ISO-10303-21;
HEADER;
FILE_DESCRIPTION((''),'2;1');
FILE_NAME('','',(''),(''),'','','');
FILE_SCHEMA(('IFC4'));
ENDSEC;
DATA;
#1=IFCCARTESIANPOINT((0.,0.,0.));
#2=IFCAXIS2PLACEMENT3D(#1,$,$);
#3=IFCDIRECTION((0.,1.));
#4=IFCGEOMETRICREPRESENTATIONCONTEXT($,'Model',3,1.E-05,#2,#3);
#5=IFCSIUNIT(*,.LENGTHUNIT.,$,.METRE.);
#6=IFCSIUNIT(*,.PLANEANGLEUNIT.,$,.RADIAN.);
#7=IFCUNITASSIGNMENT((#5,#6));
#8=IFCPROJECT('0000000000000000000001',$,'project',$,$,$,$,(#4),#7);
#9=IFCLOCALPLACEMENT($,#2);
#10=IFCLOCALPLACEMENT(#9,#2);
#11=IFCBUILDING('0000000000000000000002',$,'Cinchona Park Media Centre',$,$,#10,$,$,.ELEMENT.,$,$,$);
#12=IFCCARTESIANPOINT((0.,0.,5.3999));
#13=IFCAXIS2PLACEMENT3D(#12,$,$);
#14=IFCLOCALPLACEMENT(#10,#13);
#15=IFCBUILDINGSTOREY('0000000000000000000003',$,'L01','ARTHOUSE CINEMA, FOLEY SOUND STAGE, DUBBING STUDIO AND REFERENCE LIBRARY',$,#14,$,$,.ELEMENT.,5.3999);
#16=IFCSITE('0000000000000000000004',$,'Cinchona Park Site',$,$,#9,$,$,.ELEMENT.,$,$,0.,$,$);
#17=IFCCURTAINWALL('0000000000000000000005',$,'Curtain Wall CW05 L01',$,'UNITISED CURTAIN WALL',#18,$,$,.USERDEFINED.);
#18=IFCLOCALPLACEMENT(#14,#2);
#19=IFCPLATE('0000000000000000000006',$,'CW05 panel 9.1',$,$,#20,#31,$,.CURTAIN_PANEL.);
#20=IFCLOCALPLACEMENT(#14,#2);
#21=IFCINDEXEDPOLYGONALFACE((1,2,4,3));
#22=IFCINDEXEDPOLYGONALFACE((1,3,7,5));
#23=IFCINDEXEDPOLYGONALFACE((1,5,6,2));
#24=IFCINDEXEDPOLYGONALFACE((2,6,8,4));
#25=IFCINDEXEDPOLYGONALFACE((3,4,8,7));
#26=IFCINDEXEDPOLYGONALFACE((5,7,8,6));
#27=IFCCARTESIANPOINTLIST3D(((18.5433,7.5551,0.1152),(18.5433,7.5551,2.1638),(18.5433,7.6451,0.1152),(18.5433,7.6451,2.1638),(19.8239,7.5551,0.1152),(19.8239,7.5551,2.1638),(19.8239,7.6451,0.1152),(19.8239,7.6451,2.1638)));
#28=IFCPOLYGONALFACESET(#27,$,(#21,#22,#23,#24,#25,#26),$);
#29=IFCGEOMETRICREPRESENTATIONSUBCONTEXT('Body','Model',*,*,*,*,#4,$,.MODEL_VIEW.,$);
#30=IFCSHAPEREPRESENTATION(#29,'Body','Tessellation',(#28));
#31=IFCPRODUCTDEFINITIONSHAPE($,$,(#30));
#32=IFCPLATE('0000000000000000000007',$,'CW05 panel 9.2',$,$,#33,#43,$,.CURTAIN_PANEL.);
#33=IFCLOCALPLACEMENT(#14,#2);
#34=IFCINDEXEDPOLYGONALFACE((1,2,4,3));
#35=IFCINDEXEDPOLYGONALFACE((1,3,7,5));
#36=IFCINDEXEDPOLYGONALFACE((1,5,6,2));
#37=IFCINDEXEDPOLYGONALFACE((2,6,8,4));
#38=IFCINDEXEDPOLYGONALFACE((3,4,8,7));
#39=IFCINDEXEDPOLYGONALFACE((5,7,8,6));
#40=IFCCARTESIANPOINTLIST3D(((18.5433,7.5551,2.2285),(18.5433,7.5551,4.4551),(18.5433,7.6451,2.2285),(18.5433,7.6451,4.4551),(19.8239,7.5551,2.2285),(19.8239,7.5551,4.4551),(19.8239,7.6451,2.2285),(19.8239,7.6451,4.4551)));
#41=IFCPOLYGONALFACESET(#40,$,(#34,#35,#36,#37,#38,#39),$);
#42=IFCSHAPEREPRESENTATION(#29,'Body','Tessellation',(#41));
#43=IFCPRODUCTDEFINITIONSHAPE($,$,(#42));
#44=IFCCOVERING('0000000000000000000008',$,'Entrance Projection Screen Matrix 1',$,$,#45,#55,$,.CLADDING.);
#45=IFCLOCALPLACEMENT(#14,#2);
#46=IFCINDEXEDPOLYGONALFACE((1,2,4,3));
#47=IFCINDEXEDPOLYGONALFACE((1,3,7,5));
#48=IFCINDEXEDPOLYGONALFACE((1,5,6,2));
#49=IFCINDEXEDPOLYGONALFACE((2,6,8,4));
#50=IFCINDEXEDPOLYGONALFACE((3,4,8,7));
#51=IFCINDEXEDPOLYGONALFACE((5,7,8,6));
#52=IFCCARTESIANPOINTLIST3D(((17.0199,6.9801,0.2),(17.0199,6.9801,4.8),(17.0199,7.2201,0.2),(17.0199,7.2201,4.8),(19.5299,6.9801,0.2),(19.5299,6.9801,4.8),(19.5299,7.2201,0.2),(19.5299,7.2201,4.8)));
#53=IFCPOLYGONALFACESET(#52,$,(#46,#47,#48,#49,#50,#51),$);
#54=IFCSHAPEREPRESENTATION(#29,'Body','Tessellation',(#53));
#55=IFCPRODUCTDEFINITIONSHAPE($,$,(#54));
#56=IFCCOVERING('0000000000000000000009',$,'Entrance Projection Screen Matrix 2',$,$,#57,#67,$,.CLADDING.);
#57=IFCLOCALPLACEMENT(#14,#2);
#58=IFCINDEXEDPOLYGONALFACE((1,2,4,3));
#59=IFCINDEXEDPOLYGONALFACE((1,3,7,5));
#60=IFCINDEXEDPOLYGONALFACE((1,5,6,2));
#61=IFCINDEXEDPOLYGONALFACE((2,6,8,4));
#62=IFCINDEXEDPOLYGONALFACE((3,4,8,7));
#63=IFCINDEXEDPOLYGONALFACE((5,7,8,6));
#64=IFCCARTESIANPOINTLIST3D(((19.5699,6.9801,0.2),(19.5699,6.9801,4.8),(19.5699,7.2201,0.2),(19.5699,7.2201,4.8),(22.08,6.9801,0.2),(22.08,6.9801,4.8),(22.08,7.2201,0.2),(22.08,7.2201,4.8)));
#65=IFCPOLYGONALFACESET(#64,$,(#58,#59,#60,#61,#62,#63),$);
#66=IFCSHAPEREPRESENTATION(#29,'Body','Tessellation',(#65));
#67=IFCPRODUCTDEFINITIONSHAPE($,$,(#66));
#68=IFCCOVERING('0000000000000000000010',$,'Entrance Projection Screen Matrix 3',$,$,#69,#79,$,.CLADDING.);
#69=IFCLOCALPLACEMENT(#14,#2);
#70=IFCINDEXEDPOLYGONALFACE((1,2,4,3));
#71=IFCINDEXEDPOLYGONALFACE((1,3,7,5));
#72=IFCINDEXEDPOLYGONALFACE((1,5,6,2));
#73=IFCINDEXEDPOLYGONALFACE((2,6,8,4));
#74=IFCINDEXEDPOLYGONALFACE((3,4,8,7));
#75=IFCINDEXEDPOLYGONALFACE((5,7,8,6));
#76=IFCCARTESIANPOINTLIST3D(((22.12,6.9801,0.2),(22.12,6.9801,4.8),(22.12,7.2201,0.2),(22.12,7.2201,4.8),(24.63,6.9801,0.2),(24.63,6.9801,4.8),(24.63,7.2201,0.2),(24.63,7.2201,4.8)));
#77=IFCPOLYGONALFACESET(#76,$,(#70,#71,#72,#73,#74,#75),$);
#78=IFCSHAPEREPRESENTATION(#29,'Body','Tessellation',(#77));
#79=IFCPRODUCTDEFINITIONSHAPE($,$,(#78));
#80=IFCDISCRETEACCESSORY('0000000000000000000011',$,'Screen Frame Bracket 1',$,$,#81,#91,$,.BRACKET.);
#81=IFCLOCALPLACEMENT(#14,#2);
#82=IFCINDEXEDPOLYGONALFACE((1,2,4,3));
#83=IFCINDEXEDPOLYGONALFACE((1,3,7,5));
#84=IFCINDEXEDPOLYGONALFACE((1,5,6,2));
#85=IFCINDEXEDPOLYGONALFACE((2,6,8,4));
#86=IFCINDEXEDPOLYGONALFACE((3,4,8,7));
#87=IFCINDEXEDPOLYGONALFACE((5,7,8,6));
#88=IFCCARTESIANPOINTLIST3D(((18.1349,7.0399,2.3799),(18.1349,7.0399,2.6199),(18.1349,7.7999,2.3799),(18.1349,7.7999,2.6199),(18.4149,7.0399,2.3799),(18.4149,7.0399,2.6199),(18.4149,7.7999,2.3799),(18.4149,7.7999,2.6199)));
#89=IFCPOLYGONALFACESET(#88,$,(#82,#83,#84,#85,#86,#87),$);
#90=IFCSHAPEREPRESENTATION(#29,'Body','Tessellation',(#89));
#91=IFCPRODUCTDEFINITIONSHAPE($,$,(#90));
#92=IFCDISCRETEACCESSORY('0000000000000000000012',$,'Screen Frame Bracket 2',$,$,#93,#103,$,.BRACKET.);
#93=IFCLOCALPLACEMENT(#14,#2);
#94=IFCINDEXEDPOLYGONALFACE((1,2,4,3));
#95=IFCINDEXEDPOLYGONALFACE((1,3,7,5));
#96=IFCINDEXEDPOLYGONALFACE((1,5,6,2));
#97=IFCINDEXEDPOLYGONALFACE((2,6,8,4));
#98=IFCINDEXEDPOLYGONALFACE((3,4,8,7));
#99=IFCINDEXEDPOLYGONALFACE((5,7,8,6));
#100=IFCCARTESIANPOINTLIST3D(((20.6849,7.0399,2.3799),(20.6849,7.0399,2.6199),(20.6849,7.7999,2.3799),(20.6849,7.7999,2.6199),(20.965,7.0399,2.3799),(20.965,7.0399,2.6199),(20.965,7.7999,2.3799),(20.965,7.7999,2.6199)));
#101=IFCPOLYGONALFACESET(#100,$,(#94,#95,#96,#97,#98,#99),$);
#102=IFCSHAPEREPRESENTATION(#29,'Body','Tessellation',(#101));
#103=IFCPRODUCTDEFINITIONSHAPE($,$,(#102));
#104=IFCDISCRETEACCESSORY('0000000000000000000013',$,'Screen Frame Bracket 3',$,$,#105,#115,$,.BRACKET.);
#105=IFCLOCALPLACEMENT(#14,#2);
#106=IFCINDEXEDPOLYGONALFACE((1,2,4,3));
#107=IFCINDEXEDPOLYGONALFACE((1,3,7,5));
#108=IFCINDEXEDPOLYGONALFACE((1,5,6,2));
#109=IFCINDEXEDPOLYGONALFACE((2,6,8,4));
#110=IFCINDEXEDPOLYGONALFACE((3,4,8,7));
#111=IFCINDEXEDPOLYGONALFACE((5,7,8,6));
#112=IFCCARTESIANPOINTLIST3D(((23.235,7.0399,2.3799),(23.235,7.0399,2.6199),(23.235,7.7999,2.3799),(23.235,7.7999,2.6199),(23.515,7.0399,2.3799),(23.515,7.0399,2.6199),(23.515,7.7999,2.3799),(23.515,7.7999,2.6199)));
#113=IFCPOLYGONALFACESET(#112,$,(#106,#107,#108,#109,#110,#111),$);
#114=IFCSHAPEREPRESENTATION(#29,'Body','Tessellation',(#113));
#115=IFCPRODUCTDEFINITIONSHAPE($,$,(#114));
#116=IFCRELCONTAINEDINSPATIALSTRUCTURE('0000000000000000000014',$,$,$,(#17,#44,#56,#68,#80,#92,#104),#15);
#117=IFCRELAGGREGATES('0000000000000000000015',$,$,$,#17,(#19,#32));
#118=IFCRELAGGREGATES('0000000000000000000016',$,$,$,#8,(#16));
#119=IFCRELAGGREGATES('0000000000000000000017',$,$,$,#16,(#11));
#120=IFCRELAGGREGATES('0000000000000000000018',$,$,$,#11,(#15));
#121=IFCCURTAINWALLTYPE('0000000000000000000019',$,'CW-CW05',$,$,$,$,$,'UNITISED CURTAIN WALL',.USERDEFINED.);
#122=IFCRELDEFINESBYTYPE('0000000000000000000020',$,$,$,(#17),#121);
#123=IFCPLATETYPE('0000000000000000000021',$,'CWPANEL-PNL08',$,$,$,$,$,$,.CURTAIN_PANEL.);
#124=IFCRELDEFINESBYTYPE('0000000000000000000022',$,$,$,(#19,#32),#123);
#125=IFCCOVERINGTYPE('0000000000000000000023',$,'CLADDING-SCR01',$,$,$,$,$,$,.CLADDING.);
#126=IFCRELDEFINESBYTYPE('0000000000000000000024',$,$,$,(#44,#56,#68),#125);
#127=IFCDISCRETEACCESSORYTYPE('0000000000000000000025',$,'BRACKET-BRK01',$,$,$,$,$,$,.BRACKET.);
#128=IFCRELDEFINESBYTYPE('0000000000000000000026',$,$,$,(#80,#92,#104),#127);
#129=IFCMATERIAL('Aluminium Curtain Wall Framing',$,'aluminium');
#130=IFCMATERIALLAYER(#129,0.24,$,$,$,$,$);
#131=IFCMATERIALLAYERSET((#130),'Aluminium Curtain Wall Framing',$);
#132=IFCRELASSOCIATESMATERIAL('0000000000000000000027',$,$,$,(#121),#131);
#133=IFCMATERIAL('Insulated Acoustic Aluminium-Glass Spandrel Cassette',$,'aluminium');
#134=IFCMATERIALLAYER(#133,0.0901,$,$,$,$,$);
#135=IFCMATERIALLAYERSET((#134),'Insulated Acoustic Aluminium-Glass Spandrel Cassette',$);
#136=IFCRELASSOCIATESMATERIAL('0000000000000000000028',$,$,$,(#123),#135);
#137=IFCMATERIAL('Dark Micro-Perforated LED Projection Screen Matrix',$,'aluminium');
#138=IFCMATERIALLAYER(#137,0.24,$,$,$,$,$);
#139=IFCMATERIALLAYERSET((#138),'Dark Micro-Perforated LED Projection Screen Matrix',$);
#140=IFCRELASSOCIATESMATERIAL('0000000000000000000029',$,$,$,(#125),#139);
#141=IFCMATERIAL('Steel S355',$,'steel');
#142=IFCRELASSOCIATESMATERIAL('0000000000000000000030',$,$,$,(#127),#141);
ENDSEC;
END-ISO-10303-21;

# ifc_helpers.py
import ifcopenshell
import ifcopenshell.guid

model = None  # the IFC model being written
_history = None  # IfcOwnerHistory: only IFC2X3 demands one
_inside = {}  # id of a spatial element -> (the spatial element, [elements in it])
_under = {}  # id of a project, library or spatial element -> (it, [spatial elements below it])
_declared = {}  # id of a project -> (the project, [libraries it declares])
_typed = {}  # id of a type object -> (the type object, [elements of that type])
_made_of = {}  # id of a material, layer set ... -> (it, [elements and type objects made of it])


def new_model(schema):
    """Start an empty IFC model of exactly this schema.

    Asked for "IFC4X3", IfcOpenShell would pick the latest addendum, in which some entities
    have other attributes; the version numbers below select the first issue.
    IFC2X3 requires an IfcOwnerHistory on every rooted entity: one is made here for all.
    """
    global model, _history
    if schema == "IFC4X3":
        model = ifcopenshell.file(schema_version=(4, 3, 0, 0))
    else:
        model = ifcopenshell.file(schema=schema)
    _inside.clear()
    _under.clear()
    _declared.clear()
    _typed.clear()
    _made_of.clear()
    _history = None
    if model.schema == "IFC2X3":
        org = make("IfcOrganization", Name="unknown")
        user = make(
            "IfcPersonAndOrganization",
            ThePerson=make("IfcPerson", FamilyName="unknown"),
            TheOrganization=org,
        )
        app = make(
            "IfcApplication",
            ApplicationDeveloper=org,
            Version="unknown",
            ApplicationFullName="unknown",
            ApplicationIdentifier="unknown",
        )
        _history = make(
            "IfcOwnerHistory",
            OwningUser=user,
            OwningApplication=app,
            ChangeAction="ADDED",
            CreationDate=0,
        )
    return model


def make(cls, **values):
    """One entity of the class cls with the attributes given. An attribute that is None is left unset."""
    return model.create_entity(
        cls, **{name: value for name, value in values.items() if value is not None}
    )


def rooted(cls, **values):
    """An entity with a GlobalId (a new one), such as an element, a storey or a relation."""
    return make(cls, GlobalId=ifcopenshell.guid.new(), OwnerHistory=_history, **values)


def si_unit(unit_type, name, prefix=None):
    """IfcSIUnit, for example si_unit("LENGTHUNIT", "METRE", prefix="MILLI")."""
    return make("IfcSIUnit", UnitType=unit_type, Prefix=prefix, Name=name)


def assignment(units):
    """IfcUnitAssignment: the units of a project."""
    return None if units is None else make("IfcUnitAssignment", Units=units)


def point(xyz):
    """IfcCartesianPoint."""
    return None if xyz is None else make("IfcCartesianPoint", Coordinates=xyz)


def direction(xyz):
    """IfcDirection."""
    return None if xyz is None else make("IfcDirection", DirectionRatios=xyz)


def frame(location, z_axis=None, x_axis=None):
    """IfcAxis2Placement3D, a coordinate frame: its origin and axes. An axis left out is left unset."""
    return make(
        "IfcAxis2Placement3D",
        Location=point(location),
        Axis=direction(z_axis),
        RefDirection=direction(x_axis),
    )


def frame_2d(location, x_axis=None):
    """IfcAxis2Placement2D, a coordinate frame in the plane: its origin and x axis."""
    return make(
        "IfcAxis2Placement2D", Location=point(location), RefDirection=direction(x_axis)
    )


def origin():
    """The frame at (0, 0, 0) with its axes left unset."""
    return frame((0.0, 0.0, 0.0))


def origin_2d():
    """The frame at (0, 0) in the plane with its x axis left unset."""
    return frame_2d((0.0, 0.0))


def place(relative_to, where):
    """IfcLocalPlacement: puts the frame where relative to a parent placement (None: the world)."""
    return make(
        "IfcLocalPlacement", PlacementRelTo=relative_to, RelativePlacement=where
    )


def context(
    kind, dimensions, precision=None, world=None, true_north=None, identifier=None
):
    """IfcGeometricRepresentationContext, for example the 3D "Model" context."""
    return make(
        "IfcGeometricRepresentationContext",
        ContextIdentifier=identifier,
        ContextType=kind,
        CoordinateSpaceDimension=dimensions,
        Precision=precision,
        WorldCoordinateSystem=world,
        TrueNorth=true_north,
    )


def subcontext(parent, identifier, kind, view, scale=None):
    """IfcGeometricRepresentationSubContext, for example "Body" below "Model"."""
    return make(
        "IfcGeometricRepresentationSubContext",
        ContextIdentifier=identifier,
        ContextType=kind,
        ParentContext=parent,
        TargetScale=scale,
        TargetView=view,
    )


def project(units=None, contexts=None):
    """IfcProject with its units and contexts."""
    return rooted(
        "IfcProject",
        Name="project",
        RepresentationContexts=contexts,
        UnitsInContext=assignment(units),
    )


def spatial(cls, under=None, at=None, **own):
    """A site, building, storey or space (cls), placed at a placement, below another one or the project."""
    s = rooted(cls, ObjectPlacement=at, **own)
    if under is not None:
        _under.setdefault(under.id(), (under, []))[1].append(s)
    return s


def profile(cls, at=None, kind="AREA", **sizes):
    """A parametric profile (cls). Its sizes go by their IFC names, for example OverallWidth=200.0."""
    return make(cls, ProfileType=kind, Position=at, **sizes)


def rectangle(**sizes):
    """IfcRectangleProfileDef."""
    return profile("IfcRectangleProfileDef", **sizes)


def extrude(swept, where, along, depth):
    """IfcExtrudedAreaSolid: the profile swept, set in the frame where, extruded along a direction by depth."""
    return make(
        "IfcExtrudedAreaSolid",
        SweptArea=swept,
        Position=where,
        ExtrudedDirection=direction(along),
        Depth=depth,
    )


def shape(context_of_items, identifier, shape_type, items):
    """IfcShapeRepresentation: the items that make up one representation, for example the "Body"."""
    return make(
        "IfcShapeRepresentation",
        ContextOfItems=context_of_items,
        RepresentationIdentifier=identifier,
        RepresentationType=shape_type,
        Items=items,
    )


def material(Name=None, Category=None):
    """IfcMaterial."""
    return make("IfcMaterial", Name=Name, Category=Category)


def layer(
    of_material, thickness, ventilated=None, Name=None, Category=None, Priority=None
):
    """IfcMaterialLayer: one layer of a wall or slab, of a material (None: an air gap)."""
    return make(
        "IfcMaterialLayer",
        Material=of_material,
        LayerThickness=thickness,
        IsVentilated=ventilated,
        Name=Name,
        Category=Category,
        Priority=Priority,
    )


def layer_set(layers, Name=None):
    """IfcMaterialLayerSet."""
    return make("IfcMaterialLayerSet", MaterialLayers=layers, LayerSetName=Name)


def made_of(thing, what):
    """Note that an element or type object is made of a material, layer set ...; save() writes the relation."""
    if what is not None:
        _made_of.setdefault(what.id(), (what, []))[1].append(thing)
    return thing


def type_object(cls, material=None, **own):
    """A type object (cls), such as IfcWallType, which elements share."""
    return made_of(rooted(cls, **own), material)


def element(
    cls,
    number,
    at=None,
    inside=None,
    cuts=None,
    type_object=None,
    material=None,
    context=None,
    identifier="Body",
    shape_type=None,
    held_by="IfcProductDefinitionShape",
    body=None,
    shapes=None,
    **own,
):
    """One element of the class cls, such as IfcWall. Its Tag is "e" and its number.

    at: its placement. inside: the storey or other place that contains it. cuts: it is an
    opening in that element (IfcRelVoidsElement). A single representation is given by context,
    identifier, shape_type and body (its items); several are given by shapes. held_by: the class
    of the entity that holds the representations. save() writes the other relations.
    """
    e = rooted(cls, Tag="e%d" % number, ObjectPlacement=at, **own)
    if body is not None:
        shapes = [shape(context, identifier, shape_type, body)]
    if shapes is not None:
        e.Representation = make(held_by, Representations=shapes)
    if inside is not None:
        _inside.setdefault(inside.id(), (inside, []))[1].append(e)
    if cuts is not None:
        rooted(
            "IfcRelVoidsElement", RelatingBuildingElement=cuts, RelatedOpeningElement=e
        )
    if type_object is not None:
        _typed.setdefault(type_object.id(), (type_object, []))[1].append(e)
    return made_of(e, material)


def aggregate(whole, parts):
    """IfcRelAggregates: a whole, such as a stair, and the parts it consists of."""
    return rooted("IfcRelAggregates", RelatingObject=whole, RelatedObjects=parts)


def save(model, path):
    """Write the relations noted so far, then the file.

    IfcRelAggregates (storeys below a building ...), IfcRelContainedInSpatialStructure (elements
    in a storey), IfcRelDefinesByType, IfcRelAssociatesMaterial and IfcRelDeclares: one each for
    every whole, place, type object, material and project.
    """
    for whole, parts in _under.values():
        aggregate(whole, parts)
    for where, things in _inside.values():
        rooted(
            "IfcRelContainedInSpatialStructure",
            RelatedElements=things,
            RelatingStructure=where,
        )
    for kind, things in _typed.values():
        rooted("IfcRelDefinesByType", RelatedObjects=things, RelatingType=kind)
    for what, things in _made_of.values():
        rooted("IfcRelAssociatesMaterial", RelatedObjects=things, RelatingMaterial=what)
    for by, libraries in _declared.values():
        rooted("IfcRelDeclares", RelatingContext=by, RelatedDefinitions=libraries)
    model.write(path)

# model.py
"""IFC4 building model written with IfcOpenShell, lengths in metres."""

from ifc_helpers import new_model, si_unit, direction, frame, origin, origin_2d, place, context, subcontext, project, spatial, rectangle, extrude, material, layer, layer_set, type_object, element, aggregate, save


model = new_model("IFC4")

# Units and contexts
model_context = context("Model", 3, precision=1e-05, world=origin(), true_north=direction((0.0, 1.0)))
body_context = subcontext(model_context, "Body", "Model", "MODEL_VIEW")
ifc_project = project(units=[si_unit("LENGTHUNIT", "METRE"), si_unit("PLANEANGLEUNIT", "RADIAN")], contexts=[model_context])

# Site, building, storey
site_placement = place(None, origin())
site = spatial("IfcSite", under=ifc_project, at=site_placement, Name="Cinchona Park Site", CompositionType="ELEMENT", RefElevation=0.0)
building_placement = place(site_placement, origin())
building = spatial("IfcBuilding", under=site, at=building_placement, Name="Cinchona Park Media Centre", CompositionType="ELEMENT")
storey_placement = place(building_placement, frame((0.0, 0.0, 5.3999)))
storey = spatial("IfcBuildingStorey", under=building, at=storey_placement, Name="L01", Description="ARTHOUSE CINEMA, FOLEY SOUND STAGE, DUBBING STUDIO AND REFERENCE LIBRARY", CompositionType="ELEMENT", Elevation=5.3999)

# Curtain wall, plates
ifc_material_1 = material(Name="Aluminium Curtain Wall Framing", Category="aluminium")
ifc_layer_1 = layer(ifc_material_1, 0.24)
ifc_layer_set_1 = layer_set([ifc_layer_1], Name="Aluminium Curtain Wall Framing")
curtain_wall_type = type_object("IfcCurtainWallType", Name="CW-CW05", ElementType="UNITISED CURTAIN WALL", PredefinedType="USERDEFINED", material=ifc_layer_set_1)
curtain_wall_placement = place(storey_placement, origin())
curtain_wall = element("IfcCurtainWall", 1, at=curtain_wall_placement, inside=storey, type_object=curtain_wall_type, Name="Curtain Wall CW05 L01", ObjectType="UNITISED CURTAIN WALL", PredefinedType="USERDEFINED")
ifc_material_2 = material(Name="Insulated Acoustic Aluminium-Glass Spandrel Cassette", Category="aluminium")
ifc_layer_2 = layer(ifc_material_2, 0.0901)
ifc_layer_set_2 = layer_set([ifc_layer_2], Name="Insulated Acoustic Aluminium-Glass Spandrel Cassette")
plate_type = type_object("IfcPlateType", Name="CWPANEL-PNL08", PredefinedType="CURTAIN_PANEL", material=ifc_layer_set_2)
plate_1_placement = place(storey_placement, frame((19.1836, 7.6001, 0.1152), z_axis=(0.0, 0.0, 1.0), x_axis=(-1.0, 0.0, 0.0)))
plate_1 = element("IfcPlate", 2, at=plate_1_placement, type_object=plate_type, Name="CW05 panel 9.1", PredefinedType="CURTAIN_PANEL", context=body_context, shape_type="SweptSolid", body=[
    extrude(rectangle(XDim=1.2805, YDim=0.0901, at=origin_2d()), origin(), (0.0, 0.0, 1.0), 2.0486),
])
plate_2_placement = place(storey_placement, frame((19.1836, 7.6001, 2.2285), z_axis=(0.0, 0.0, 1.0), x_axis=(-1.0, 0.0, 0.0)))
plate_2 = element("IfcPlate", 3, at=plate_2_placement, type_object=plate_type, Name="CW05 panel 9.2", PredefinedType="CURTAIN_PANEL", context=body_context, shape_type="SweptSolid", body=[
    extrude(rectangle(XDim=1.2805, YDim=0.0901, at=origin_2d()), origin(), (0.0, 0.0, 1.0), 2.2266),
])
aggregate(curtain_wall, [plate_1, plate_2])

# Coverings
ifc_material_3 = material(Name="Dark Micro-Perforated LED Projection Screen Matrix", Category="aluminium")
ifc_layer_3 = layer(ifc_material_3, 0.24)
ifc_layer_set_3 = layer_set([ifc_layer_3], Name="Dark Micro-Perforated LED Projection Screen Matrix")
covering_type = type_object("IfcCoveringType", Name="CLADDING-SCR01", PredefinedType="CLADDING", material=ifc_layer_set_3)
for number, where, z_axis, x_axis, name in (
    (4, (18.2749, 7.1001, 0.2), (0.0, 0.0, 1.0), (1.0, 0.0, 0.0), "Entrance Projection Screen Matrix 1"),
    (5, (20.825, 7.1001, 0.2), (0.0, 0.0, 1.0), (1.0, 0.0, 0.0), "Entrance Projection Screen Matrix 2"),
    (6, (23.375, 7.1001, 0.2), (0.0, 0.0, 1.0), (1.0, 0.0, 0.0), "Entrance Projection Screen Matrix 3"),
):
    element("IfcCovering", number, at=place(storey_placement, frame(where, z_axis=z_axis, x_axis=x_axis)), inside=storey, type_object=covering_type, Name=name, PredefinedType="CLADDING", context=body_context, shape_type="SweptSolid", body=[
        extrude(rectangle(XDim=2.51, YDim=0.24, at=origin_2d()), origin(), (0.0, 0.0, 1.0), 4.6001),
    ])

# Discrete accessories
ifc_material_4 = material(Name="Steel S355", Category="steel")
discrete_accessory_type = type_object("IfcDiscreteAccessoryType", Name="BRACKET-BRK01", PredefinedType="BRACKET", material=ifc_material_4)
for number, where, z_axis, x_axis, name in (
    (7, (18.2749, 7.4199, 2.3799), (0.0, 0.0, 1.0), (1.0, 0.0, 0.0), "Screen Frame Bracket 1"),
    (8, (20.825, 7.4199, 2.3799), (0.0, 0.0, 1.0), (1.0, 0.0, 0.0), "Screen Frame Bracket 2"),
    (9, (23.375, 7.4199, 2.3799), (0.0, 0.0, 1.0), (1.0, 0.0, 0.0), "Screen Frame Bracket 3"),
):
    element("IfcDiscreteAccessory", number, at=place(storey_placement, frame(where, z_axis=z_axis, x_axis=x_axis)), inside=storey, type_object=discrete_accessory_type, Name=name, PredefinedType="BRACKET", context=body_context, shape_type="SweptSolid", body=[
        extrude(rectangle(XDim=0.28, YDim=0.76, at=origin_2d()), origin(), (0.0, 0.0, 1.0), 0.24),
    ])

save(model, "model.ifc")
